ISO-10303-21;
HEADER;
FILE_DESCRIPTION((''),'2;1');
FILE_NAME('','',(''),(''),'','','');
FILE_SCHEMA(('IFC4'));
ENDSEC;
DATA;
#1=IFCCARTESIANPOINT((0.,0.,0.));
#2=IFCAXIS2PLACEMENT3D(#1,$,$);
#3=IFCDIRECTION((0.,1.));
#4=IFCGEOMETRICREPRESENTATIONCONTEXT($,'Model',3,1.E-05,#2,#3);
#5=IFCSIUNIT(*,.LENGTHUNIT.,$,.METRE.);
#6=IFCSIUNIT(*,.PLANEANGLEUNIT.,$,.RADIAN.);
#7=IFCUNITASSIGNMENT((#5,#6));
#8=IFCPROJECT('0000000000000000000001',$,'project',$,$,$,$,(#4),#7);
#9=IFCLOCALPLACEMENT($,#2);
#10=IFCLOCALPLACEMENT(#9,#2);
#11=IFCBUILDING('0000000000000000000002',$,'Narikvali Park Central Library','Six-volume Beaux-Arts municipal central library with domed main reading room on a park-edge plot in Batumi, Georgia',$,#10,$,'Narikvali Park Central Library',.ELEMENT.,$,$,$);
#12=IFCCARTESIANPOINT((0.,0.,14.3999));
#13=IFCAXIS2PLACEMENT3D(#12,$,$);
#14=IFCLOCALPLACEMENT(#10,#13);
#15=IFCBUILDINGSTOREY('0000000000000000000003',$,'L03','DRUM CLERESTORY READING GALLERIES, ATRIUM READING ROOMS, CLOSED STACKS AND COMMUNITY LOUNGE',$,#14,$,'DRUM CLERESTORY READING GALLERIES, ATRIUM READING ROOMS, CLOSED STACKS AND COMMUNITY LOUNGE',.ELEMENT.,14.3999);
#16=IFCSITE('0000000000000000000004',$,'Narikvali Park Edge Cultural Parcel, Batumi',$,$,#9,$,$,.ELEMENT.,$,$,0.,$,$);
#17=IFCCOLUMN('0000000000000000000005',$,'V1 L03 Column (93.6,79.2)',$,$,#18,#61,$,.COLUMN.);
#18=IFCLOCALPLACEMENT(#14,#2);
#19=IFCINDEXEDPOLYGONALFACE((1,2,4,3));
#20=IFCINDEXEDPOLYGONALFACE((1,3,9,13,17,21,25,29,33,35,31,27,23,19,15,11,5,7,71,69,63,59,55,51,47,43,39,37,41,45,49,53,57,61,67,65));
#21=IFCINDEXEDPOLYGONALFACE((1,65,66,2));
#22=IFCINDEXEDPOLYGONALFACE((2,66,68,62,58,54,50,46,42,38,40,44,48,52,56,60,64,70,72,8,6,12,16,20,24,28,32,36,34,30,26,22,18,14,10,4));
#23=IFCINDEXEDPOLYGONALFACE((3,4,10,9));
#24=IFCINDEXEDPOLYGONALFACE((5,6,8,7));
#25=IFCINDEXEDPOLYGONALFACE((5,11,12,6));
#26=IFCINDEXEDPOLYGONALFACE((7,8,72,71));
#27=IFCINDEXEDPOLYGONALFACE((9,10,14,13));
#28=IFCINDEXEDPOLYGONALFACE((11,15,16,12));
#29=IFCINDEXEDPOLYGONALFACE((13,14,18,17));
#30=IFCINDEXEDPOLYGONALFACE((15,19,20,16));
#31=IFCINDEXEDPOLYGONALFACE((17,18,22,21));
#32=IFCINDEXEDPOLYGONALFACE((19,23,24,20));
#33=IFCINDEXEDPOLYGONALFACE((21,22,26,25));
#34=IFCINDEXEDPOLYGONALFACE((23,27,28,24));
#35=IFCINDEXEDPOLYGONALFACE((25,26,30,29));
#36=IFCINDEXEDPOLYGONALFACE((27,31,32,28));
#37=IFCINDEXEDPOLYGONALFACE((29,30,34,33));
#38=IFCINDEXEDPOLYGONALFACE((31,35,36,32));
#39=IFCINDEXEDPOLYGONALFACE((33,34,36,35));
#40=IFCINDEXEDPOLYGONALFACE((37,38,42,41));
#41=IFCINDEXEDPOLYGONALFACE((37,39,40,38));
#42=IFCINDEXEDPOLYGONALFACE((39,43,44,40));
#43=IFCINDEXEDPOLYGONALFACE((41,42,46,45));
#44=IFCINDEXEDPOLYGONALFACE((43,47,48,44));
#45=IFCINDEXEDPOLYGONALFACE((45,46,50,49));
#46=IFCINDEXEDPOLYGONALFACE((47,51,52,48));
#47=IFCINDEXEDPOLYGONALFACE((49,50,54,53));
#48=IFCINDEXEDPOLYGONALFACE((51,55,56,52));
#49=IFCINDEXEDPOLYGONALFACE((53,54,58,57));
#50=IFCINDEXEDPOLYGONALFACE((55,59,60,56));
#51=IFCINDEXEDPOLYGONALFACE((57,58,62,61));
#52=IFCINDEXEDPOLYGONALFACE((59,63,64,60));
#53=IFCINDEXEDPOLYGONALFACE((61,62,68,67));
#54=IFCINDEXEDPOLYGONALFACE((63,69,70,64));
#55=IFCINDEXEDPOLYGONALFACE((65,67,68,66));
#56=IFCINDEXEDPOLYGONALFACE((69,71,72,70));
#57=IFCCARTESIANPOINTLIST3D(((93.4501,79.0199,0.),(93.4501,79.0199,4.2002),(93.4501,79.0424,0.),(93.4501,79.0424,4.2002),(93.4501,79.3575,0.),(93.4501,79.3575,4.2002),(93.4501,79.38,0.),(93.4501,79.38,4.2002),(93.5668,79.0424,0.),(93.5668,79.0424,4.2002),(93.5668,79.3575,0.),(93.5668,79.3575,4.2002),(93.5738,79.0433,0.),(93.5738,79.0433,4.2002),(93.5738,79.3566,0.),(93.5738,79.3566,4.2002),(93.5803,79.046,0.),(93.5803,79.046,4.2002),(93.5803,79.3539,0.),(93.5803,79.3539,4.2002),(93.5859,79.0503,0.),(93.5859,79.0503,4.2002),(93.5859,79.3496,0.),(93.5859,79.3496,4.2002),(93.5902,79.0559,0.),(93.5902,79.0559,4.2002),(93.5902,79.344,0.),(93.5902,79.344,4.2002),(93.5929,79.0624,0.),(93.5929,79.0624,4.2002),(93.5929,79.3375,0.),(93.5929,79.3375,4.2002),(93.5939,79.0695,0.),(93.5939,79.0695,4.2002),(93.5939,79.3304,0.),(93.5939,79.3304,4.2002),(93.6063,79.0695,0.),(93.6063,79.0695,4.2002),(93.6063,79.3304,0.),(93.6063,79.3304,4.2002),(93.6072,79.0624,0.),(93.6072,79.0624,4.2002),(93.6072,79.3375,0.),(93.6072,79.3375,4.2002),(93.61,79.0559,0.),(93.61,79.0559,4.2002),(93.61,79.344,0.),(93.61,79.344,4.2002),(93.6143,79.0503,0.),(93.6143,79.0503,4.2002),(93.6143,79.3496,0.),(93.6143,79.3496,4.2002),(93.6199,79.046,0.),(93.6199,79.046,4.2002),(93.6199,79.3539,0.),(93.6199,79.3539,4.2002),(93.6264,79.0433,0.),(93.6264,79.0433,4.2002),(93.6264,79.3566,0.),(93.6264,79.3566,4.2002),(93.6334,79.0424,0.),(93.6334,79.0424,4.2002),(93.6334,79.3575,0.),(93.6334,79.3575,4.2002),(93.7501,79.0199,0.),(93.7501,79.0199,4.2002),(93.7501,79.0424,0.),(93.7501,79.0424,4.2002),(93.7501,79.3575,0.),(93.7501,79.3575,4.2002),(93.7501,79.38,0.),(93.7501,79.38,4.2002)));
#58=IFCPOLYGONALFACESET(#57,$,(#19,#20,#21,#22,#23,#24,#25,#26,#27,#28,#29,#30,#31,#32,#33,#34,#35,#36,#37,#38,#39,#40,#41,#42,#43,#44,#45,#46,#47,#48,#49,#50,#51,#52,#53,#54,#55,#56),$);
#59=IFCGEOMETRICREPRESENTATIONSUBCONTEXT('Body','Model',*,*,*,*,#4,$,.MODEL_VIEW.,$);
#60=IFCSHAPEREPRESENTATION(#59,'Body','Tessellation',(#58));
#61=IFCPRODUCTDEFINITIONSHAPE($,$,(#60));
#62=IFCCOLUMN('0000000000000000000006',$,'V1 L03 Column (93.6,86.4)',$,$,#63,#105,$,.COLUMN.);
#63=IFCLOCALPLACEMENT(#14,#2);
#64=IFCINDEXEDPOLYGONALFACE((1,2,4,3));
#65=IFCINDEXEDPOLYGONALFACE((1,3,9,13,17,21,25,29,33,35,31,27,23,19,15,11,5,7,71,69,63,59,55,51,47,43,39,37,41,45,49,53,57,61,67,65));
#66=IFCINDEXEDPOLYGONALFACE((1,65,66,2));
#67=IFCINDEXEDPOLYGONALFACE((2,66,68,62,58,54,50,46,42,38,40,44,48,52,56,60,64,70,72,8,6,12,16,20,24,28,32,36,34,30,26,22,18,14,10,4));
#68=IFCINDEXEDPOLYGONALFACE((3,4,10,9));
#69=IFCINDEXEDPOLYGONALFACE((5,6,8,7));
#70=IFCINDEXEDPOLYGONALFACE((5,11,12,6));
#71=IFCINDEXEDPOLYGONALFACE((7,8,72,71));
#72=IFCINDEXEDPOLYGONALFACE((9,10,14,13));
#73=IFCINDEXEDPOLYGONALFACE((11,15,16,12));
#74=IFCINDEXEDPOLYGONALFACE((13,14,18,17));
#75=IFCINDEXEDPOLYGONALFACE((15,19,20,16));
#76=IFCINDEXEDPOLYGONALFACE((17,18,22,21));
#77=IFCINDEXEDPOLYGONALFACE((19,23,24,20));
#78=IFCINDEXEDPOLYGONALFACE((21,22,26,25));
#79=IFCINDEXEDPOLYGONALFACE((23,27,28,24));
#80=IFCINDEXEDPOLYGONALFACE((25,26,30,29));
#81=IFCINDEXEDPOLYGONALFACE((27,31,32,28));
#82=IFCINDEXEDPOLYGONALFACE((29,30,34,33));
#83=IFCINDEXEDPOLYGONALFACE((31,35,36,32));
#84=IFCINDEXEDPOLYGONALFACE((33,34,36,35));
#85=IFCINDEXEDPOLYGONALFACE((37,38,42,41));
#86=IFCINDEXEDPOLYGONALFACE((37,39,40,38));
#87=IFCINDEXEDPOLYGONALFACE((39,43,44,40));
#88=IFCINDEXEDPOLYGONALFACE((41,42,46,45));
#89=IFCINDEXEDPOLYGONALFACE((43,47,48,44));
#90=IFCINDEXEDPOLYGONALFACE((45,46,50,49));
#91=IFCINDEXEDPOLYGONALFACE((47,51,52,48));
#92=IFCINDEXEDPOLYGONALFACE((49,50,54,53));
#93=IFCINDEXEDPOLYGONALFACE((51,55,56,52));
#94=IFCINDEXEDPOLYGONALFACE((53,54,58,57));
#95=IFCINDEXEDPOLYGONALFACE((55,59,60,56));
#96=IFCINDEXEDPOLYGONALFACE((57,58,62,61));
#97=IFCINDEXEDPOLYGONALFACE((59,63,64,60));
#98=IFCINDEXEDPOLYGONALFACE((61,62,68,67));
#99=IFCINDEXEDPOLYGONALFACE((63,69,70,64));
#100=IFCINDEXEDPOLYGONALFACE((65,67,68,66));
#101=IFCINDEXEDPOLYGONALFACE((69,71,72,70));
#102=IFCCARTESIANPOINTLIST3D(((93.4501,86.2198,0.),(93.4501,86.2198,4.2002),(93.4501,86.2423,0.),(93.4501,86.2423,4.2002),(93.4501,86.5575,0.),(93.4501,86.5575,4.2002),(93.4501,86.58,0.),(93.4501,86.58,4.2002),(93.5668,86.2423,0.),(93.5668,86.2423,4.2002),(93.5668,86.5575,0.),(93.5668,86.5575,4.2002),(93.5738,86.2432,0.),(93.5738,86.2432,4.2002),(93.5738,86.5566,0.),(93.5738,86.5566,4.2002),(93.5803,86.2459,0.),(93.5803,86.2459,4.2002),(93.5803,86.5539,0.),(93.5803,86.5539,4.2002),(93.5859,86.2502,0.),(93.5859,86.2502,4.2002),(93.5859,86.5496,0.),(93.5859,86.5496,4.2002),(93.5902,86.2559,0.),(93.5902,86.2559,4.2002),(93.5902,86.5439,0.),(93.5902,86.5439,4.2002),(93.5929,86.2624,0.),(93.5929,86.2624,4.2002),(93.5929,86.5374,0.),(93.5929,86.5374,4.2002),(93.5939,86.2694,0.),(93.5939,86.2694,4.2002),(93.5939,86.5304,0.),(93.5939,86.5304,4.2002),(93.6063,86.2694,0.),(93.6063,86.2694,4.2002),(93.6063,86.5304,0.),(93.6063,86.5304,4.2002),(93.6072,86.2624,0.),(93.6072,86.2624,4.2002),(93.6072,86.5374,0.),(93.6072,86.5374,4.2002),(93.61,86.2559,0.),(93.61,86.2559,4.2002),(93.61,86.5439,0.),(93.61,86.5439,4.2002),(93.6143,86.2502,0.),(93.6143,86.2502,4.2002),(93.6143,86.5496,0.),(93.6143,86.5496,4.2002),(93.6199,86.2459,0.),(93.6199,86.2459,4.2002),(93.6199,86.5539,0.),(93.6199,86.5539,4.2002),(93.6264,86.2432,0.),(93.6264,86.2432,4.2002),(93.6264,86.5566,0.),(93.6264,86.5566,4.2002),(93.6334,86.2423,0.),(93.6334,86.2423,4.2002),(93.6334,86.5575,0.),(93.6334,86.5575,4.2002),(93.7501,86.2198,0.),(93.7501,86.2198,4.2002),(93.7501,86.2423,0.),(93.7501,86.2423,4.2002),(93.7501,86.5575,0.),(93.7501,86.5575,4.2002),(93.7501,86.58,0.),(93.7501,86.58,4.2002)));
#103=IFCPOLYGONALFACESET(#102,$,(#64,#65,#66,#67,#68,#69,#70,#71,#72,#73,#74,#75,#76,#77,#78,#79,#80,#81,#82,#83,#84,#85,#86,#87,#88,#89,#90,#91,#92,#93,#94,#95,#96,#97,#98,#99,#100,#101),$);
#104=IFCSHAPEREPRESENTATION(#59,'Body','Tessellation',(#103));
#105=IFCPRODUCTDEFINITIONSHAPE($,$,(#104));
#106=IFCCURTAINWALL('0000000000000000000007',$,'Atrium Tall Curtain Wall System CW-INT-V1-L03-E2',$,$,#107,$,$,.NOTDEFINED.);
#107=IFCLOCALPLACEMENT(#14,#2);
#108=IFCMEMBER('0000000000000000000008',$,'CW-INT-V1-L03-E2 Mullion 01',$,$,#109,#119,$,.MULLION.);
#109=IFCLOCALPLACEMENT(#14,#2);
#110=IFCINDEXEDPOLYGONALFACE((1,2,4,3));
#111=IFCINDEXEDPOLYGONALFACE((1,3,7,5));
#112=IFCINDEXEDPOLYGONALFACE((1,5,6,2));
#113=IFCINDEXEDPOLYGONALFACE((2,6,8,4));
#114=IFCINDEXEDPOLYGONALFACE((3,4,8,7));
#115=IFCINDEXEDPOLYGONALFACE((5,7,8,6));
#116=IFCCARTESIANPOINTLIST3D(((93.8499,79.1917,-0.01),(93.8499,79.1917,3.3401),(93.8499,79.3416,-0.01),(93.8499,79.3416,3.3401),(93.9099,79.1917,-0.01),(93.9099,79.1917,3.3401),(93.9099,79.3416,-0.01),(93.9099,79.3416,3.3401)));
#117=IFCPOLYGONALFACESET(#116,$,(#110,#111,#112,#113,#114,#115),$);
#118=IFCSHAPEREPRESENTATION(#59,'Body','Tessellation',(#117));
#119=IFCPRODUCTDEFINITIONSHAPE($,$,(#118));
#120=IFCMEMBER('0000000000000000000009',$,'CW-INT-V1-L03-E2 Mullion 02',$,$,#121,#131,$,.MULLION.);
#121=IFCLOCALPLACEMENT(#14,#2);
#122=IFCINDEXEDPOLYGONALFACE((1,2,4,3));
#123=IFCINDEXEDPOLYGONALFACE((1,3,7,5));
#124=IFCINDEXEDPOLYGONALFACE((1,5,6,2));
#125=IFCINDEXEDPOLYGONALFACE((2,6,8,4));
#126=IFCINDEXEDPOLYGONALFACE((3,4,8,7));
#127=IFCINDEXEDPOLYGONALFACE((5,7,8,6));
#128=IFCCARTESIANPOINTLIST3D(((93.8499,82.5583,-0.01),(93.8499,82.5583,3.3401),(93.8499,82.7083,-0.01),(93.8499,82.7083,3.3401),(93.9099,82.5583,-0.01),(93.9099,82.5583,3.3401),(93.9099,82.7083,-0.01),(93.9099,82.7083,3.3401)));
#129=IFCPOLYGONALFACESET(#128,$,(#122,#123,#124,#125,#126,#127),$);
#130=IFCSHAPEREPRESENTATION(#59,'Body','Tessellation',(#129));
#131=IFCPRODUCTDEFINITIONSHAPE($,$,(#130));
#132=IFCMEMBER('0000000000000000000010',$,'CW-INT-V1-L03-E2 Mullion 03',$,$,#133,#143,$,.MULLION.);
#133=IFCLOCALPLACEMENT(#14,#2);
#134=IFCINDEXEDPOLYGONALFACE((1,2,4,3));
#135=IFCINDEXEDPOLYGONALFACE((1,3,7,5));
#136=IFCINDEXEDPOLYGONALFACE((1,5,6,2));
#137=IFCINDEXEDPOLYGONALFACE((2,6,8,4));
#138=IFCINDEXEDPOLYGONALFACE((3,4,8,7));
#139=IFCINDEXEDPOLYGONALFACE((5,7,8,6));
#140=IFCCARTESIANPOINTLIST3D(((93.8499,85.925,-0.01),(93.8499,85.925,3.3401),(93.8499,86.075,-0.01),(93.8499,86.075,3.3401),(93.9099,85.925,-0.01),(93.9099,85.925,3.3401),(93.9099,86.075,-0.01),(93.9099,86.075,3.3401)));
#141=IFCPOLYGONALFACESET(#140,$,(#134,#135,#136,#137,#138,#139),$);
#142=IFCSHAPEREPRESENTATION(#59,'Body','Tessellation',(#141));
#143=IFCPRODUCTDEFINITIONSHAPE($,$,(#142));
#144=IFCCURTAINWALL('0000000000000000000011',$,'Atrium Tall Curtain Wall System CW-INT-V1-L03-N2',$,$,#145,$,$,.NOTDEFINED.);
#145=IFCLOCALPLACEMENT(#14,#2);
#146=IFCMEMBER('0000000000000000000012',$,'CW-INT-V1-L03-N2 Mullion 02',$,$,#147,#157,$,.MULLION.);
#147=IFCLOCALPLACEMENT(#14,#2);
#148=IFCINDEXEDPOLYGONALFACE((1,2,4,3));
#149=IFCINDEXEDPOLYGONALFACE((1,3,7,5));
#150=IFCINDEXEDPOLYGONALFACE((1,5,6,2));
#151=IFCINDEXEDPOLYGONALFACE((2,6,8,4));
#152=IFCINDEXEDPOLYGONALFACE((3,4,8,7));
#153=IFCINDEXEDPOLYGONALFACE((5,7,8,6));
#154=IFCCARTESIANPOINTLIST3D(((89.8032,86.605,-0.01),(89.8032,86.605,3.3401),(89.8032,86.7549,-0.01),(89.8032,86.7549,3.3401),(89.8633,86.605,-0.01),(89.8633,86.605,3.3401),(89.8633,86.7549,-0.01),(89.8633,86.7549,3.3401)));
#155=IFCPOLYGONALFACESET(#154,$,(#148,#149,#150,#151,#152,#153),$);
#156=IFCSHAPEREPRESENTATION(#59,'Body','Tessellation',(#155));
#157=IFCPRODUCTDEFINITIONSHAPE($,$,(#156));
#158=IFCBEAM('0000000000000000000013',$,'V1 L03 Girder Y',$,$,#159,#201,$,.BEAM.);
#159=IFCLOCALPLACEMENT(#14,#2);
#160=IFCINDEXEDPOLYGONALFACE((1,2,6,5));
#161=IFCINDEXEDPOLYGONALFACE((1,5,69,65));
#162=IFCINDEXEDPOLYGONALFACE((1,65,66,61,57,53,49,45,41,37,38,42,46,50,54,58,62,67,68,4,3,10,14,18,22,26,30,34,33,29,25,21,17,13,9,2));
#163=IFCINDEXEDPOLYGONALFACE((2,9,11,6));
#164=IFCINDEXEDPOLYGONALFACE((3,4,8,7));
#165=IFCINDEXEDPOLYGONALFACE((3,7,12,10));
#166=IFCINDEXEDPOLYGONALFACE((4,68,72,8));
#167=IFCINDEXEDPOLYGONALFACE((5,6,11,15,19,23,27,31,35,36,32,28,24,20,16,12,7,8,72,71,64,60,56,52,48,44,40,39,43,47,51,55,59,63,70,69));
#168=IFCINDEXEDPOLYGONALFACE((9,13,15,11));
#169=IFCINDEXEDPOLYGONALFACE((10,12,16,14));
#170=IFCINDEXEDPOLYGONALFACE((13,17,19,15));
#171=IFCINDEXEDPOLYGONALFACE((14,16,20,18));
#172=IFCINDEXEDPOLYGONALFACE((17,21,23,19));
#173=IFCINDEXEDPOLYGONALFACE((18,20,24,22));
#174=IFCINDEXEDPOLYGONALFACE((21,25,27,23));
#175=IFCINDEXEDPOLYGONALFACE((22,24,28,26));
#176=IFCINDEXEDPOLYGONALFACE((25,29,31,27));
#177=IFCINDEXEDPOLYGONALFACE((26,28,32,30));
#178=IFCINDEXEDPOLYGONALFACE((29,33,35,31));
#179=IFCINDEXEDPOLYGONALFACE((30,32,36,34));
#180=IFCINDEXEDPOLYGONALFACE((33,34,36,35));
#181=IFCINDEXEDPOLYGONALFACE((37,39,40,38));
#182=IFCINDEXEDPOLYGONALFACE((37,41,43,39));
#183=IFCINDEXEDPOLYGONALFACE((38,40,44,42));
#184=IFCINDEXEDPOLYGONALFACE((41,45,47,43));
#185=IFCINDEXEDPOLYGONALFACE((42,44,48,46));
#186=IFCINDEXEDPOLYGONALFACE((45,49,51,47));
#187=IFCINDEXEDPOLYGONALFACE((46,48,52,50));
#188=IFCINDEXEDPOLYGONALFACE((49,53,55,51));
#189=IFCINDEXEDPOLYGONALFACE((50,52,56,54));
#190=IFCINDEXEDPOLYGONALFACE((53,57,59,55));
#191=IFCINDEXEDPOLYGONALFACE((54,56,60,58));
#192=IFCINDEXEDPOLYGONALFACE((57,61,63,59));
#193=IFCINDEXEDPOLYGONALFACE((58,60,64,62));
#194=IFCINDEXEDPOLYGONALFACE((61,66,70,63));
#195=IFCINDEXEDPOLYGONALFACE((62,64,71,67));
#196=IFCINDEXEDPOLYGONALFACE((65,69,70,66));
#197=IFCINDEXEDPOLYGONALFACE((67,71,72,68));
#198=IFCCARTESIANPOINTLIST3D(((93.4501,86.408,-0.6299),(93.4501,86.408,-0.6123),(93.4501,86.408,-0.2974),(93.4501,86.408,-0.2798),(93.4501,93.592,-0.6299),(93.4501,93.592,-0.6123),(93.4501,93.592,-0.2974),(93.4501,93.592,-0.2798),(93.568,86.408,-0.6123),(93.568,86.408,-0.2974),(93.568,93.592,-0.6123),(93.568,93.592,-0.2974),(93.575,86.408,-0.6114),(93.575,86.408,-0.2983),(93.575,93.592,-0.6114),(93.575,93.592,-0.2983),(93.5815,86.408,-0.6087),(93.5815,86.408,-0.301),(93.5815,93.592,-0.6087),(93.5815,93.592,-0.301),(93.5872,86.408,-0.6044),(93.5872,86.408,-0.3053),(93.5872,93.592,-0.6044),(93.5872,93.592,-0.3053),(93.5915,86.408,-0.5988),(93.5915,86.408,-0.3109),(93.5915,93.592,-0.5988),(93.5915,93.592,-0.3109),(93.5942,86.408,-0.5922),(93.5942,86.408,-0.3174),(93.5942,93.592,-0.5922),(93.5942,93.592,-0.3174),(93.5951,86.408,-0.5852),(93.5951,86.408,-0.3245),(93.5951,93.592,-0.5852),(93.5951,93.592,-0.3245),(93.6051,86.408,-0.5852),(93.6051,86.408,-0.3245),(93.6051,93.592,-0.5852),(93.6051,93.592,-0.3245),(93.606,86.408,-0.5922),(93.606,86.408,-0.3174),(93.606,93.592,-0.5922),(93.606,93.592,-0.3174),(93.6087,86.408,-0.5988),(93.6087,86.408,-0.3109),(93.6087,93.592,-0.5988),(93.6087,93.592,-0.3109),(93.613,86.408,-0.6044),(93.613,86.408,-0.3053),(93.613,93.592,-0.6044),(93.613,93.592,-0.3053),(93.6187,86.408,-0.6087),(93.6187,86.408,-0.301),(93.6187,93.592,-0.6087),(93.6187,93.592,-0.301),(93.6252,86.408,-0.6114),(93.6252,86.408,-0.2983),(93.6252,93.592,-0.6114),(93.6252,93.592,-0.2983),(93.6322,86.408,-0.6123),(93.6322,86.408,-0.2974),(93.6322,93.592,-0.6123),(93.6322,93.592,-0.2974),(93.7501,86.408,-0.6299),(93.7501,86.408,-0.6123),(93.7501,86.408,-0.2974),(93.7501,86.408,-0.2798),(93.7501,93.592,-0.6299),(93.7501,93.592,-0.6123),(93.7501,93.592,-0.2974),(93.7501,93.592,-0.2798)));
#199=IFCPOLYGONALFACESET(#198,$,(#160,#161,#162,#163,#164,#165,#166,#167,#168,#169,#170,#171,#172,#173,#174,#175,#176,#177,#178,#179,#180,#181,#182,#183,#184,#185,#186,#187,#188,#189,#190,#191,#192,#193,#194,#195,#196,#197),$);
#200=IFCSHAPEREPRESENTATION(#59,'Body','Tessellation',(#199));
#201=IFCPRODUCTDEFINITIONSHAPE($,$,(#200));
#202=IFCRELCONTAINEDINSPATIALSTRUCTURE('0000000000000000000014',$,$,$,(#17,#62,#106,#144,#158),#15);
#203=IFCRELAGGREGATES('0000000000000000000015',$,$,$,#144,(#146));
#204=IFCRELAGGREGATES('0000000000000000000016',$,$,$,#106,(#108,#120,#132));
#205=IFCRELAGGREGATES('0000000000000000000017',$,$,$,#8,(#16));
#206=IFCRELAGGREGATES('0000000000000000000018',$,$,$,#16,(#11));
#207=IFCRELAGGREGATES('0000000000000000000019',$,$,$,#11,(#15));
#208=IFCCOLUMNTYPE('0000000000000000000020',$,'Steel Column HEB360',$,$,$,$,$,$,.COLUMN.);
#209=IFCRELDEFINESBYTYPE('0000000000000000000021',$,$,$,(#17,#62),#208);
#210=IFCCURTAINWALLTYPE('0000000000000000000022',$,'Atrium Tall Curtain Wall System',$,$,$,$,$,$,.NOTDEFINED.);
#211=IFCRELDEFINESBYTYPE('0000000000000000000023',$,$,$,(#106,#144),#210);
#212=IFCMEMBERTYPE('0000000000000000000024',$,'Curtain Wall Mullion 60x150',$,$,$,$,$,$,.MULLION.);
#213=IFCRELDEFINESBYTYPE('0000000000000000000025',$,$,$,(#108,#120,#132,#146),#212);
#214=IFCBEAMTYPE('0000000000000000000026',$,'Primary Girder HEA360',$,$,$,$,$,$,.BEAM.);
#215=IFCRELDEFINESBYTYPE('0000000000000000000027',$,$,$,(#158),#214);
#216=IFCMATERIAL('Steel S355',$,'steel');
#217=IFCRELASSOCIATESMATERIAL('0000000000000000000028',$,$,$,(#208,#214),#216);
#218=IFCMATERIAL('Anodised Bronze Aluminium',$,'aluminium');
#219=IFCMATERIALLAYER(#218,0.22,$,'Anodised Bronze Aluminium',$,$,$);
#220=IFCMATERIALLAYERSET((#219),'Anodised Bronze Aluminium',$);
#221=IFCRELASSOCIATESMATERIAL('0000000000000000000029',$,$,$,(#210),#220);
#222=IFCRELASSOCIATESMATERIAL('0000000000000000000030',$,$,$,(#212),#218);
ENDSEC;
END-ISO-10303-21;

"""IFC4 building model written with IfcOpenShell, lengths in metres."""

from ifc_helpers import new_model, si_unit, direction, frame, origin, origin_2d, place, context, subcontext, project, spatial, rectangle, i_section, extrude, material, layer, layer_set, material_profile, profile_set, type_object, element, aggregate, save


model = new_model("IFC4")

# Units and contexts
model_context = context("Model", 3, precision=1e-05, world=origin(), true_north=direction((0.0, 1.0)))
body_context = subcontext(model_context, "Body", "Model", "MODEL_VIEW")
ifc_project = project(units=[si_unit("LENGTHUNIT", "METRE"), si_unit("PLANEANGLEUNIT", "RADIAN")], contexts=[model_context])

# Site, building, storey
site_placement = place(None, origin())
site = spatial("IfcSite", under=ifc_project, at=site_placement, Name="Narikvali Park Edge Cultural Parcel, Batumi", CompositionType="ELEMENT", RefElevation=0.0)
building_placement = place(site_placement, origin())
building = spatial("IfcBuilding", under=site, at=building_placement, Name="Narikvali Park Central Library", Description="Six-volume Beaux-Arts municipal central library with domed main reading room on a park-edge plot in Batumi, Georgia", LongName="Narikvali Park Central Library", CompositionType="ELEMENT")
storey_placement = place(building_placement, frame((0.0, 0.0, 14.3999)))
storey = spatial("IfcBuildingStorey", under=building, at=storey_placement, Name="L03", Description="DRUM CLERESTORY READING GALLERIES, ATRIUM READING ROOMS, CLOSED STACKS AND COMMUNITY LOUNGE", LongName="DRUM CLERESTORY READING GALLERIES, ATRIUM READING ROOMS, CLOSED STACKS AND COMMUNITY LOUNGE", CompositionType="ELEMENT", Elevation=14.3999)

# Columns
ifc_material_1 = material(Name="Steel S355", Category="steel")
ifc_material_profile_1 = material_profile(ifc_material_1, i_section(OverallWidth=0.3, OverallDepth=0.3601, WebThickness=0.0125, FlangeThickness=0.0225, FilletRadius=0.0271, at=origin_2d()), Name="HEB 360")
ifc_profile_set_1 = profile_set([ifc_material_profile_1], Name="Steel S355")
column_type = type_object("IfcColumnType", Name="Steel Column HEB360", PredefinedType="COLUMN", material=ifc_profile_set_1)
for number, where, z_axis, x_axis, name in (
    (1, (93.6001, 79.2, 0.0), (0.0, 0.0, 1.0), (1.0, 0.0, 0.0), "V1 L03 Column (93.6,79.2)"),
    (2, (93.6001, 86.3999, 0.0), (0.0, 0.0, 1.0), (1.0, 0.0, 0.0), "V1 L03 Column (93.6,86.4)"),
):
    element("IfcColumn", number, at=place(storey_placement, frame(where, z_axis=z_axis, x_axis=x_axis)), inside=storey, type_object=column_type, Name=name, PredefinedType="COLUMN", context=body_context, shape_type="SweptSolid", body=[
        extrude(i_section(OverallWidth=0.3, OverallDepth=0.3601, WebThickness=0.0125, FlangeThickness=0.0225, FilletRadius=0.0271, at=origin_2d()), origin(), (0.0, 0.0, 1.0), 4.2002),
    ])

# Curtain wall, members
ifc_material_2 = material(Name="Anodised Bronze Aluminium", Category="aluminium")
ifc_layer_1 = layer(ifc_material_2, 0.22, Name="Anodised Bronze Aluminium")
ifc_layer_set_1 = layer_set([ifc_layer_1], Name="Anodised Bronze Aluminium")
curtain_wall_type = type_object("IfcCurtainWallType", Name="Atrium Tall Curtain Wall System", PredefinedType="NOTDEFINED", material=ifc_layer_set_1)
curtain_wall_1_placement = place(storey_placement, origin())
curtain_wall_1 = element("IfcCurtainWall", 3, at=curtain_wall_1_placement, inside=storey, type_object=curtain_wall_type, Name="Atrium Tall Curtain Wall System CW-INT-V1-L03-E2", PredefinedType="NOTDEFINED")
ifc_material_profile_2 = material_profile(ifc_material_2, rectangle(XDim=0.0601, YDim=0.1499, at=origin_2d()), Name="CW MULLION 60x150")
ifc_profile_set_2 = profile_set([ifc_material_profile_2], Name="Anodised Bronze Aluminium")
member_type = type_object("IfcMemberType", Name="Curtain Wall Mullion 60x150", PredefinedType="MULLION", material=ifc_profile_set_2)
member_1_placement = place(storey_placement, frame((93.8799, 79.2666, -0.01), z_axis=(0.0, 0.0, 1.0), x_axis=(1.0, 0.0, 0.0)))
member_1 = element("IfcMember", 4, at=member_1_placement, type_object=member_type, Name="CW-INT-V1-L03-E2 Mullion 01", PredefinedType="MULLION", context=body_context, shape_type="SweptSolid", body=[
    extrude(rectangle(XDim=0.0601, YDim=0.1499, at=origin_2d()), origin(), (0.0, 0.0, 1.0), 3.3501),
])
member_2_placement = place(storey_placement, frame((93.8799, 82.6333, -0.01), z_axis=(0.0, 0.0, 1.0), x_axis=(1.0, 0.0, 0.0)))
member_2 = element("IfcMember", 5, at=member_2_placement, type_object=member_type, Name="CW-INT-V1-L03-E2 Mullion 02", PredefinedType="MULLION", context=body_context, shape_type="SweptSolid", body=[
    extrude(rectangle(XDim=0.0601, YDim=0.1499, at=origin_2d()), origin(), (0.0, 0.0, 1.0), 3.3501),
])
member_3_placement = place(storey_placement, frame((93.8799, 86.0, -0.01), z_axis=(0.0, 0.0, 1.0), x_axis=(1.0, 0.0, 0.0)))
member_3 = element("IfcMember", 6, at=member_3_placement, type_object=member_type, Name="CW-INT-V1-L03-E2 Mullion 03", PredefinedType="MULLION", context=body_context, shape_type="SweptSolid", body=[
    extrude(rectangle(XDim=0.0601, YDim=0.1499, at=origin_2d()), origin(), (0.0, 0.0, 1.0), 3.3501),
])

# Curtain wall, member
curtain_wall_2_placement = place(storey_placement, origin())
curtain_wall_2 = element("IfcCurtainWall", 7, at=curtain_wall_2_placement, inside=storey, type_object=curtain_wall_type, Name="Atrium Tall Curtain Wall System CW-INT-V1-L03-N2", PredefinedType="NOTDEFINED")
member_4_placement = place(storey_placement, frame((89.8333, 86.6799, -0.01), z_axis=(0.0, 0.0, 1.0), x_axis=(1.0, 0.0, 0.0)))
member_4 = element("IfcMember", 8, at=member_4_placement, type_object=member_type, Name="CW-INT-V1-L03-N2 Mullion 02", PredefinedType="MULLION", context=body_context, shape_type="SweptSolid", body=[
    extrude(rectangle(XDim=0.0601, YDim=0.1499, at=origin_2d()), origin(), (0.0, 0.0, 1.0), 3.3501),
])

# Beam
ifc_material_profile_3 = material_profile(ifc_material_1, i_section(OverallWidth=0.3, OverallDepth=0.3501, WebThickness=0.01, FlangeThickness=0.0176, FilletRadius=0.0271, at=origin_2d()), Name="HEA 360")
ifc_profile_set_3 = profile_set([ifc_material_profile_3], Name="Steel S355")
beam_type_1 = type_object("IfcBeamType", Name="Primary Girder HEA360", PredefinedType="BEAM", material=ifc_profile_set_3)
beam_1_placement = place(storey_placement, frame((93.6001, 86.408, -0.4548), z_axis=(0.0, 1.0, 0.0), x_axis=(-1.0, 0.0, 0.0)))
element("IfcBeam", 9, at=beam_1_placement, inside=storey, type_object=beam_type_1, Name="V1 L03 Girder Y", PredefinedType="BEAM", context=body_context, shape_type="SweptSolid", body=[
    extrude(i_section(OverallWidth=0.3, OverallDepth=0.3501, WebThickness=0.01, FlangeThickness=0.0176, FilletRadius=0.0271, at=origin_2d()), origin(), (0.0, 0.0, 1.0), 7.1841),
])

aggregate(curtain_wall_2, [member_4])
aggregate(curtain_wall_1, [member_1, member_2, member_3])

save(model, "model.ifc")
